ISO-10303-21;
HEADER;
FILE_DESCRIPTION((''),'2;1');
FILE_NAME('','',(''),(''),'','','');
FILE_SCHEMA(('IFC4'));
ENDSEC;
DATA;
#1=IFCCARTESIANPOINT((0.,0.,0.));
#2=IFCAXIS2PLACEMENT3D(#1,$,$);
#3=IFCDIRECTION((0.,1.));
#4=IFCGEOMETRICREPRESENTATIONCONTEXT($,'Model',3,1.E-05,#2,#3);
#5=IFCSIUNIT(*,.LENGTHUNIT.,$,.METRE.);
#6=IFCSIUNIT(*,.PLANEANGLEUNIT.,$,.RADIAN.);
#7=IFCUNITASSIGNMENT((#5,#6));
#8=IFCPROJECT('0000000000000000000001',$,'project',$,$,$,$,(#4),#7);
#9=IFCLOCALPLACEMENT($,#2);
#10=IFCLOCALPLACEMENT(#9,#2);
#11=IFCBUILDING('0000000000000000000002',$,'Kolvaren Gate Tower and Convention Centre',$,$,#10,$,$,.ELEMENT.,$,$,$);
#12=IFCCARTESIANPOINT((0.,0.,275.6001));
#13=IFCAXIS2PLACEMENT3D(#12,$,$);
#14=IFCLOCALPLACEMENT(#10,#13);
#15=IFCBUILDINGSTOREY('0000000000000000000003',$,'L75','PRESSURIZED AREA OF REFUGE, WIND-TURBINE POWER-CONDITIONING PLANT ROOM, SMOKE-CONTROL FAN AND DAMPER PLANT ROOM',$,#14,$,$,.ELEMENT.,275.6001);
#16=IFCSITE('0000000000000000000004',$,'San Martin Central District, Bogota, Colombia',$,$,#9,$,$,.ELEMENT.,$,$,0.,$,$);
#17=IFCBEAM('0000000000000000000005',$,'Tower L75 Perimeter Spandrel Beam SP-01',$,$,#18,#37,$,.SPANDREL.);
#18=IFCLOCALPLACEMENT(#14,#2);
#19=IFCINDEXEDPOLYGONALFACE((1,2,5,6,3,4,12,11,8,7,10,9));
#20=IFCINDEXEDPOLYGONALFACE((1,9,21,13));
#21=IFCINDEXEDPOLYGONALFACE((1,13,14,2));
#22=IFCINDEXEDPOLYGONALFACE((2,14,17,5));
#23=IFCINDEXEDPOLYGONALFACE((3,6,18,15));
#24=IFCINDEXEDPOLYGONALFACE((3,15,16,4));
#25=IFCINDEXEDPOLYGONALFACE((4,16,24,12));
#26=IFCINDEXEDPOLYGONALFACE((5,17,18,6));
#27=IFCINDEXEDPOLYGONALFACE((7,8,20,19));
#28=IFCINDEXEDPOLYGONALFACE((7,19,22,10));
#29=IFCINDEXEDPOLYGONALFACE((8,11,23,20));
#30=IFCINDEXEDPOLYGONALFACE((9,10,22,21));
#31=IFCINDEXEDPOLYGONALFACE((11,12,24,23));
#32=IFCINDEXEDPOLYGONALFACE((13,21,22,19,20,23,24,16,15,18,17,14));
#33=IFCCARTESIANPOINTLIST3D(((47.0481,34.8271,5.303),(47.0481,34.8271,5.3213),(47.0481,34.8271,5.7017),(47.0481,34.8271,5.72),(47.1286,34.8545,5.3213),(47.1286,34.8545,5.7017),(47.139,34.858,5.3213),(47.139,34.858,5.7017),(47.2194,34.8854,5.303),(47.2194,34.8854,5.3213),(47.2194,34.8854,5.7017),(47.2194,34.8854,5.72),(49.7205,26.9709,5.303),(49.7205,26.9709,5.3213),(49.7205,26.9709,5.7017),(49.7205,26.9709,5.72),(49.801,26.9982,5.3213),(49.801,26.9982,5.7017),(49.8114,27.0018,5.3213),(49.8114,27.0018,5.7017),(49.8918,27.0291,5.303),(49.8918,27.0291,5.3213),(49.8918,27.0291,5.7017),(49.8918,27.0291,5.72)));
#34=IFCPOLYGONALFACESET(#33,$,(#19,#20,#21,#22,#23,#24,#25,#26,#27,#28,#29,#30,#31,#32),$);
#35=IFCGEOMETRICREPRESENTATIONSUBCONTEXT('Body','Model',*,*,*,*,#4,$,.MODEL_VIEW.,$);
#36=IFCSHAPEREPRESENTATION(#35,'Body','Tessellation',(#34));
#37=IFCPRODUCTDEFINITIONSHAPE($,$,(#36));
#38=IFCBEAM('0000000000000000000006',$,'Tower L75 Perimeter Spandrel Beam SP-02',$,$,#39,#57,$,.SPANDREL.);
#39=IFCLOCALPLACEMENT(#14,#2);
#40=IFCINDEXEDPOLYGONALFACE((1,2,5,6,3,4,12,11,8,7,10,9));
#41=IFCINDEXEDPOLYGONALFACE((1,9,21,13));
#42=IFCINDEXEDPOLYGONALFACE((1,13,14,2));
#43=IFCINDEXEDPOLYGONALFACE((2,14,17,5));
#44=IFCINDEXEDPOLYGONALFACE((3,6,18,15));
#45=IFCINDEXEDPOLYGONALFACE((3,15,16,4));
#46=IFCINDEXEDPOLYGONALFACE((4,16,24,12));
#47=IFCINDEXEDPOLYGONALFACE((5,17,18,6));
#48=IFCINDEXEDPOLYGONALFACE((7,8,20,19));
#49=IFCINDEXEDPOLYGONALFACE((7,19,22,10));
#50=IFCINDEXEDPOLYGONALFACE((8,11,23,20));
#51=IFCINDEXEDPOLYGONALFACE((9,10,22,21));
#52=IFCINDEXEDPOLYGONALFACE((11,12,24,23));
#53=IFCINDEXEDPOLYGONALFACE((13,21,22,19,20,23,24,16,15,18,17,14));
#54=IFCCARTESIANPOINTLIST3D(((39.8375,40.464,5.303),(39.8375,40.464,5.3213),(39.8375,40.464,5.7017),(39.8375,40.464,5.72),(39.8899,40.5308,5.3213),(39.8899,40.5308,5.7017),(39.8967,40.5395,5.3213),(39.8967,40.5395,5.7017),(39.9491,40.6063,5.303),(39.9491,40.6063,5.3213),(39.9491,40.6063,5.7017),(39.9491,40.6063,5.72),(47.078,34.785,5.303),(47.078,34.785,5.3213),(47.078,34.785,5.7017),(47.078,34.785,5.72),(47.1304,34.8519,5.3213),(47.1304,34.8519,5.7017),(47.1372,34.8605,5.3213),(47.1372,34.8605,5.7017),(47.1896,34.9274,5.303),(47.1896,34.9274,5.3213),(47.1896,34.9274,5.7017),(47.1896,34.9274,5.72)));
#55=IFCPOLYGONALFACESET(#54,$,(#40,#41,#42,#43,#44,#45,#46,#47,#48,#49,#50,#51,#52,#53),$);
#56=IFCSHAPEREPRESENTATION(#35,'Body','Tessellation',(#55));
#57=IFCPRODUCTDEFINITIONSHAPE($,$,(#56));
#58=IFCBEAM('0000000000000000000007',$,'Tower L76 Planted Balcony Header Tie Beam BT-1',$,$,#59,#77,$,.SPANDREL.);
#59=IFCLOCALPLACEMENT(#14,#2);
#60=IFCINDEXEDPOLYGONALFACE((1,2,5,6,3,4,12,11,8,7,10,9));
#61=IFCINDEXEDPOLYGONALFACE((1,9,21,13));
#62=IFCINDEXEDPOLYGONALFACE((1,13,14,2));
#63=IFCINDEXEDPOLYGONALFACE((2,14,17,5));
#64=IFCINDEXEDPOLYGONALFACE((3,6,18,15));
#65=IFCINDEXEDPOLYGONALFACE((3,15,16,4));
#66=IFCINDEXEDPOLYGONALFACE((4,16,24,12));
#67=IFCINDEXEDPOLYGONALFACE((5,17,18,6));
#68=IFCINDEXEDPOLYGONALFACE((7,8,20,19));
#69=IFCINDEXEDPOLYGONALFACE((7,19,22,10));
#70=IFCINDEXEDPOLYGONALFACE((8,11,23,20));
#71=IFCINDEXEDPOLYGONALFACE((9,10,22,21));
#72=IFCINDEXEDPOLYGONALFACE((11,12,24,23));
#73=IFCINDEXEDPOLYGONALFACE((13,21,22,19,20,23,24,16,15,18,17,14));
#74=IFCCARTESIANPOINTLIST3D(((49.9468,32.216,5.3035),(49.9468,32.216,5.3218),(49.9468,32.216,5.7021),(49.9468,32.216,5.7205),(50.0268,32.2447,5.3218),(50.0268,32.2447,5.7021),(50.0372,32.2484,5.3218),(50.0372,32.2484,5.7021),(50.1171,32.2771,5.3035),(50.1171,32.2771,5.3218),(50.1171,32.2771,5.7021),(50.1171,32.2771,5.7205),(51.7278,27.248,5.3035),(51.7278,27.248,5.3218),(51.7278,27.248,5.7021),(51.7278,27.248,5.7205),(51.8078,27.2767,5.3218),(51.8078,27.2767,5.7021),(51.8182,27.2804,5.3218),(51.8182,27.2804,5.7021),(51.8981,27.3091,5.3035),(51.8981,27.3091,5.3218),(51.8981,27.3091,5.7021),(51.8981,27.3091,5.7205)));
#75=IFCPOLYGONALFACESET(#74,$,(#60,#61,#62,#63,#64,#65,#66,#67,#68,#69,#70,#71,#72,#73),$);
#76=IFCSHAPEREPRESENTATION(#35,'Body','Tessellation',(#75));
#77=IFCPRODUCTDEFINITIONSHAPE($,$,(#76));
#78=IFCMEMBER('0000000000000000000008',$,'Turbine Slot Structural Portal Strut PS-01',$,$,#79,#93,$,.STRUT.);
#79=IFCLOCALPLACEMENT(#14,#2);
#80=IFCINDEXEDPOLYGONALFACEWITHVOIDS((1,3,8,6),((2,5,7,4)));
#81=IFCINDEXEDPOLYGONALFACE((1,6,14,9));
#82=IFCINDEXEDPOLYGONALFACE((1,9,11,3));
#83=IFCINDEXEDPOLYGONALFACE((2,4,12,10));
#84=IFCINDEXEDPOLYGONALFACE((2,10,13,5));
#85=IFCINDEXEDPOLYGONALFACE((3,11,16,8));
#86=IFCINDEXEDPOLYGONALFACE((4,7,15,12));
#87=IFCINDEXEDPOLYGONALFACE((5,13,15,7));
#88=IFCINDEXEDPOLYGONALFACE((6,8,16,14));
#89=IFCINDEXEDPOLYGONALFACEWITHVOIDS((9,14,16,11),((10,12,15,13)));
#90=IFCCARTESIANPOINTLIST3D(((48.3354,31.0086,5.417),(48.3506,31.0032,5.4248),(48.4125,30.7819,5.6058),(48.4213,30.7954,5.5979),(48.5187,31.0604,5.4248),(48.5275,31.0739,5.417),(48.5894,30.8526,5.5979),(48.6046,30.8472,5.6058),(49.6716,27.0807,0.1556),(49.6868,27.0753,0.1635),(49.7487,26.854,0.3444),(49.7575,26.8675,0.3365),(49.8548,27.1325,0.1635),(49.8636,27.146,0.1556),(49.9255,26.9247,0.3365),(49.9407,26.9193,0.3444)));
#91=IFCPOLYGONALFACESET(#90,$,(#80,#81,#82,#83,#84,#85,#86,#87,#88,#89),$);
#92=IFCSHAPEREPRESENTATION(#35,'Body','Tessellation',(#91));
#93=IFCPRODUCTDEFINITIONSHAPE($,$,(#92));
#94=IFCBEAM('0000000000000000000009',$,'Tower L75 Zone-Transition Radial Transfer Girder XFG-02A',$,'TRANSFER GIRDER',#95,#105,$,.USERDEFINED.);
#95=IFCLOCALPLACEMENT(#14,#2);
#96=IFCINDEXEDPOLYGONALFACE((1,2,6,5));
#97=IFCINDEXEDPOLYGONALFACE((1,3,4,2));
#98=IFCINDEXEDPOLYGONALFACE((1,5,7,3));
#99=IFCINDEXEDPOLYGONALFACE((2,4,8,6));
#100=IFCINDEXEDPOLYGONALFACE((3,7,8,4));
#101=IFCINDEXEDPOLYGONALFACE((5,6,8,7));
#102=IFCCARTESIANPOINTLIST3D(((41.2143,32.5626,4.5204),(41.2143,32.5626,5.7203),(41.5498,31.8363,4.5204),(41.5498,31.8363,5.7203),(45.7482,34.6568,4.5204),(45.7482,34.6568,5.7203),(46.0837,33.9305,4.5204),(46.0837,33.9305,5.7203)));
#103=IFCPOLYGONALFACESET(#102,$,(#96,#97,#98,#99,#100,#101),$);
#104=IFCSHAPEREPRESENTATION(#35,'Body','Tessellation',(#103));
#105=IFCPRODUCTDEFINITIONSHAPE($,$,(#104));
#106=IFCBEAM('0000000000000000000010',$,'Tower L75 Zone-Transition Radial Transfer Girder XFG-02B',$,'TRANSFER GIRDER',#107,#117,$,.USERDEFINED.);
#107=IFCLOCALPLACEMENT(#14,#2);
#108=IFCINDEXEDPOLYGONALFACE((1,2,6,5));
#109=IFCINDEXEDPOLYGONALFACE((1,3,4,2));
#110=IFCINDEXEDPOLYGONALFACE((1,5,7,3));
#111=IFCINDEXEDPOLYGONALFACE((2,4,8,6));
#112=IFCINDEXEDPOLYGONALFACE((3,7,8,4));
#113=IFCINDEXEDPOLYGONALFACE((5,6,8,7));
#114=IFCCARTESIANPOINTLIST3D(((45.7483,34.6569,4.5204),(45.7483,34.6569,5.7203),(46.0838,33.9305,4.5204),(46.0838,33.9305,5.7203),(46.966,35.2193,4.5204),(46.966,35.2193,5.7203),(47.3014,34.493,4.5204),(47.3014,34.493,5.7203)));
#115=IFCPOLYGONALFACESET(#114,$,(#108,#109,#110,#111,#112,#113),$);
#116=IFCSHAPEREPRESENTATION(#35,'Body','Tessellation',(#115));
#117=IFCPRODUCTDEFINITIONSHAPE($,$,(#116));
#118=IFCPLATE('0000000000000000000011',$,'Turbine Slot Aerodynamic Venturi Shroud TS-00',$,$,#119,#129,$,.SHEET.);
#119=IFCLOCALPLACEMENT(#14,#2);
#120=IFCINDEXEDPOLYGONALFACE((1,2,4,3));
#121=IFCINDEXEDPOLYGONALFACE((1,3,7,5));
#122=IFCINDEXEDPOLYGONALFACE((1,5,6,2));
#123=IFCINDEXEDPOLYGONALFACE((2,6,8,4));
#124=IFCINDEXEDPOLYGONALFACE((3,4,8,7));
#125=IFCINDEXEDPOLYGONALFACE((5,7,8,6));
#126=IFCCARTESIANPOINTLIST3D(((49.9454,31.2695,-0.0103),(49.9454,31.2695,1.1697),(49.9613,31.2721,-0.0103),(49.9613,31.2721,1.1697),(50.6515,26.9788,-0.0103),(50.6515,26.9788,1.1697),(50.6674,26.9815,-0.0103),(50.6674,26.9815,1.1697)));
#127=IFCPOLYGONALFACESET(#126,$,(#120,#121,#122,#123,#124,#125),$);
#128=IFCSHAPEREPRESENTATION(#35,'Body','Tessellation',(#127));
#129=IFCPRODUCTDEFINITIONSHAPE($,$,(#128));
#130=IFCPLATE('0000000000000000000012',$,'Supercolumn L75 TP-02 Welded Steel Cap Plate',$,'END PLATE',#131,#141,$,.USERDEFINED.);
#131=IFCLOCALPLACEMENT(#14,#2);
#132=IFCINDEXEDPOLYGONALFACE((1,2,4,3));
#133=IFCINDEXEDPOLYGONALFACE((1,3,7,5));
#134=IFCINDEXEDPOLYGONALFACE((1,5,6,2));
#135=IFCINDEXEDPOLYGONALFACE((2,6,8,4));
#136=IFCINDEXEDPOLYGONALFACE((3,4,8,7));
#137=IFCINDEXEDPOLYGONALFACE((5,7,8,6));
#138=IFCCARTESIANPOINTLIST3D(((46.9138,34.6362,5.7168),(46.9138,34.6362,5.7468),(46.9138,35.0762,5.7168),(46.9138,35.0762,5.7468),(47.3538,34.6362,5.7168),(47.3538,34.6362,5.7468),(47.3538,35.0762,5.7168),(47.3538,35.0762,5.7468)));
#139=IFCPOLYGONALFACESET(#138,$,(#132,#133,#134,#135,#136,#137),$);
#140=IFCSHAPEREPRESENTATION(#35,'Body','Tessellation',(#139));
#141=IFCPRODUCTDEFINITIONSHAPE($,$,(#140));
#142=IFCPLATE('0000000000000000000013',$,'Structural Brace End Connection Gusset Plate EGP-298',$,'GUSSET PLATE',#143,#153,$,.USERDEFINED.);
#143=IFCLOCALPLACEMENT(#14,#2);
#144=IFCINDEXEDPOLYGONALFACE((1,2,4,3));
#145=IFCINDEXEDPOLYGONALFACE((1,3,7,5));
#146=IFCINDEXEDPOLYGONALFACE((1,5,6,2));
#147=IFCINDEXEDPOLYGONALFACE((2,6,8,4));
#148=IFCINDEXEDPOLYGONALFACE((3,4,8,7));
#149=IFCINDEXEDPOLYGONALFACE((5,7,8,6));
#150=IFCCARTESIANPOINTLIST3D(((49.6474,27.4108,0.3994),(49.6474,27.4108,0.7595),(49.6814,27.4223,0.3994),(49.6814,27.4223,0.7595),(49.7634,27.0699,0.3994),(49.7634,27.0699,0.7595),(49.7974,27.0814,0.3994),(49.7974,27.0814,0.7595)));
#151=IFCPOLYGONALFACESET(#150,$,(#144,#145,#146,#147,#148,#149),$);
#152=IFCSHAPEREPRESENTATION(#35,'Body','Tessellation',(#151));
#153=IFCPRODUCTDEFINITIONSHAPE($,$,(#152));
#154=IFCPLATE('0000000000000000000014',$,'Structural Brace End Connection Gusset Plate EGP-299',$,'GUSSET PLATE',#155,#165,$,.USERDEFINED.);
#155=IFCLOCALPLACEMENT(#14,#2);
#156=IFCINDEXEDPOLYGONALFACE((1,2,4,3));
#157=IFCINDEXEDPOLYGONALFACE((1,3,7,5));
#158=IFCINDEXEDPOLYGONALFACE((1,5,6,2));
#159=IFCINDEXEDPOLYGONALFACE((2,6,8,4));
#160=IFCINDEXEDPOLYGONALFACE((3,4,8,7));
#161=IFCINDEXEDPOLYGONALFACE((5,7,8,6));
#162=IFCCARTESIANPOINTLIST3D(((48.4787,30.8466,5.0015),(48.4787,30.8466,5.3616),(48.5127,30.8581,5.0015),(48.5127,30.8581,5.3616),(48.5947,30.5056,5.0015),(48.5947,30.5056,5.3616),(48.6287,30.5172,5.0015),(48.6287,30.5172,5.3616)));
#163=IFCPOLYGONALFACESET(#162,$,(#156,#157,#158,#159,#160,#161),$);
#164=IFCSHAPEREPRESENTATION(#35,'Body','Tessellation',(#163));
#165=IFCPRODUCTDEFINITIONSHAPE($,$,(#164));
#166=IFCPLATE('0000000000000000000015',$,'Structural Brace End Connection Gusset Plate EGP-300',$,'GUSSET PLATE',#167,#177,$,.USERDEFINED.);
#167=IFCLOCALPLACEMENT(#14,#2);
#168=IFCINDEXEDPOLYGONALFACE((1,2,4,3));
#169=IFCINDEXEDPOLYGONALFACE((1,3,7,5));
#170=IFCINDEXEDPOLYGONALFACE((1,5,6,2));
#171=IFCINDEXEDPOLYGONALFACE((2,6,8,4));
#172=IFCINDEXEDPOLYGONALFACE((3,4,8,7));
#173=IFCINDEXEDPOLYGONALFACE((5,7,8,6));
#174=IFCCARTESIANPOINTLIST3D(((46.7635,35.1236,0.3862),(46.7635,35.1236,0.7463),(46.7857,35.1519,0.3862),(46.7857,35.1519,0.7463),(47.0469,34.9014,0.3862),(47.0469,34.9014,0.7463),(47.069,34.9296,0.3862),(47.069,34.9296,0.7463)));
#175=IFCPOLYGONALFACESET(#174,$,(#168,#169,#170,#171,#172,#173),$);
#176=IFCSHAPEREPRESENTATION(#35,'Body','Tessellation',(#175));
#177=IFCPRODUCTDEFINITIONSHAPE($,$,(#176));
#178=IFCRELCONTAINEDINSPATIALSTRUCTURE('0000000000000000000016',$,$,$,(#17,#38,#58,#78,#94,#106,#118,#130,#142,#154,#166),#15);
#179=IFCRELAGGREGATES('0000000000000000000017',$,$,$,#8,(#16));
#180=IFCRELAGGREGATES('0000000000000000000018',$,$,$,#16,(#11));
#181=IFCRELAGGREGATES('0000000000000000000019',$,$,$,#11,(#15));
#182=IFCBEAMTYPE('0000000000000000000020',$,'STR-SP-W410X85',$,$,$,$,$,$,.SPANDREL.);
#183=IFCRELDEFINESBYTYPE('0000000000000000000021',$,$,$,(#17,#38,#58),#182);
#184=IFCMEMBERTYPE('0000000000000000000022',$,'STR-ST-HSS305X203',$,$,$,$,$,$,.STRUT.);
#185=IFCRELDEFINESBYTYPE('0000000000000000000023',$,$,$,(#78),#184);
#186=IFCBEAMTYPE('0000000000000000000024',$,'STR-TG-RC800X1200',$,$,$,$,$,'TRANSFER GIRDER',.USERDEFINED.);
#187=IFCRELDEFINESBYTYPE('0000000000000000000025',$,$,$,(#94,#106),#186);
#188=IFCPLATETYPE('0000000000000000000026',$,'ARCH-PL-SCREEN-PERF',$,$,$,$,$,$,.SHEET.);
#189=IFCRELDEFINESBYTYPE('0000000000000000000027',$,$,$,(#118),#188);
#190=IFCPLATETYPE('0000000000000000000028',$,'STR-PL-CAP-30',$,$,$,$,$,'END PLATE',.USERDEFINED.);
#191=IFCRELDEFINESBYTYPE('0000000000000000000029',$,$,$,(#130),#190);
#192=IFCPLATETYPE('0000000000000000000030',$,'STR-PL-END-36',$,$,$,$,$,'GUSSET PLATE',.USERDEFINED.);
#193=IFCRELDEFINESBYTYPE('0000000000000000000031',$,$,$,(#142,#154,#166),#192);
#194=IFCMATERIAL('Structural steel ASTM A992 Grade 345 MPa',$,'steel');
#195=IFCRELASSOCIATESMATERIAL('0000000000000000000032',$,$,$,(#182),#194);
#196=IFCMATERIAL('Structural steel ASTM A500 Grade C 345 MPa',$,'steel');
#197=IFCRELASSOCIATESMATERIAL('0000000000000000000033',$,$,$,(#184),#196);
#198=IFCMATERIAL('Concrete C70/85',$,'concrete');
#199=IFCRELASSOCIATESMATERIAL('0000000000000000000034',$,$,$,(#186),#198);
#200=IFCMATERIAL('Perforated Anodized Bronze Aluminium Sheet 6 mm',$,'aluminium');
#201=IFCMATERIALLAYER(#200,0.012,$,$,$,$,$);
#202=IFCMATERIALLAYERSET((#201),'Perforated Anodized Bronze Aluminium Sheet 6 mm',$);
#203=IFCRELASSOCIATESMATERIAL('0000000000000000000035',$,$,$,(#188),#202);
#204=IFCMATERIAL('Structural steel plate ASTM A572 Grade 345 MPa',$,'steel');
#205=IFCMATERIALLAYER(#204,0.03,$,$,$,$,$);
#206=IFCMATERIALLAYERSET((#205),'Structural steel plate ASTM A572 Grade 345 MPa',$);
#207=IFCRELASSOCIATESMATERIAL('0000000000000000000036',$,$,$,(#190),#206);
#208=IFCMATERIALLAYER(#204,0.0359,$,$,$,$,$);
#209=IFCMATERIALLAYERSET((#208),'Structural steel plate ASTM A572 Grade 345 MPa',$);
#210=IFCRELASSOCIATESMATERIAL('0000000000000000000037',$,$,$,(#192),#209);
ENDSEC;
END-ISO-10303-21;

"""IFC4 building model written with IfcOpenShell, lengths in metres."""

from ifc_helpers import new_model, si_unit, direction, frame, origin, origin_2d, place, context, subcontext, project, spatial, rectangle, hollow_rectangle, i_section, extrude, material, layer, layer_set, material_profile, profile_set, type_object, element, save


model = new_model("IFC4")

# Units and contexts
model_context = context("Model", 3, precision=1e-05, world=origin(), true_north=direction((0.0, 1.0)))
body_context = subcontext(model_context, "Body", "Model", "MODEL_VIEW")
ifc_project = project(units=[si_unit("LENGTHUNIT", "METRE"), si_unit("PLANEANGLEUNIT", "RADIAN")], contexts=[model_context])

# Site, building, storey
site_placement = place(None, origin())
site = spatial("IfcSite", under=ifc_project, at=site_placement, Name="San Martin Central District, Bogota, Colombia", CompositionType="ELEMENT", RefElevation=0.0)
building_placement = place(site_placement, origin())
building = spatial("IfcBuilding", under=site, at=building_placement, Name="Kolvaren Gate Tower and Convention Centre", CompositionType="ELEMENT")
storey_placement = place(building_placement, frame((0.0, 0.0, 275.6001)))
storey = spatial("IfcBuildingStorey", under=building, at=storey_placement, Name="L75", Description="PRESSURIZED AREA OF REFUGE, WIND-TURBINE POWER-CONDITIONING PLANT ROOM, SMOKE-CONTROL FAN AND DAMPER PLANT ROOM", CompositionType="ELEMENT", Elevation=275.6001)

# Shared definitions
ifc_material_1 = material(Name="Structural steel ASTM A500 Grade C 345 MPa", Category="steel")

# Shared definitions
ifc_material_2 = material(Name="Structural steel ASTM A992 Grade 345 MPa", Category="steel")

# Beams
ifc_material_profile_1 = material_profile(ifc_material_2, i_section(OverallWidth=0.1809, OverallDepth=0.417, WebThickness=0.011, FlangeThickness=0.0183, at=origin_2d()), Name="W410X85")
ifc_profile_set_1 = profile_set([ifc_material_profile_1], Name="Structural steel ASTM A992 Grade 345 MPa")
beam_type_1 = type_object("IfcBeamType", Name="STR-SP-W410X85", PredefinedType="SPANDREL", material=ifc_profile_set_1)
beam_1_placement = place(storey_placement, frame((49.8062, 27.0, 5.5115), z_axis=(-0.322038, 0.946727, 0.0), x_axis=(-0.946727, -0.322038, 0.0)))
element("IfcBeam", 1, at=beam_1_placement, inside=storey, type_object=beam_type_1, Name="Tower L75 Perimeter Spandrel Beam SP-01", PredefinedType="SPANDREL", context=body_context, shape_type="SweptSolid", body=[
    extrude(i_section(OverallWidth=0.1809, OverallDepth=0.417, WebThickness=0.011, FlangeThickness=0.0183, at=origin_2d()), origin(), (0.0, 0.0, 1.0), 8.2983),
])
beam_2_placement = place(storey_placement, frame((47.1338, 34.8562, 5.5115), z_axis=(-0.786846, 0.61715, 0.0), x_axis=(-0.61715, -0.786846, 0.0)))
element("IfcBeam", 2, at=beam_2_placement, inside=storey, type_object=beam_type_1, Name="Tower L75 Perimeter Spandrel Beam SP-02", PredefinedType="SPANDREL", context=body_context, shape_type="SweptSolid", body=[
    extrude(i_section(OverallWidth=0.1809, OverallDepth=0.417, WebThickness=0.011, FlangeThickness=0.0183, at=origin_2d()), origin(), (0.0, 0.0, 1.0), 9.2019),
])
beam_3_placement = place(storey_placement, frame((51.813, 27.2786, 5.512), z_axis=(-0.337464, 0.941338, 0.0), x_axis=(-0.941338, -0.337464, 0.0)))
element("IfcBeam", 3, at=beam_3_placement, inside=storey, type_object=beam_type_1, Name="Tower L76 Planted Balcony Header Tie Beam BT-1", PredefinedType="SPANDREL", context=body_context, shape_type="SweptSolid", body=[
    extrude(i_section(OverallWidth=0.1809, OverallDepth=0.417, WebThickness=0.011, FlangeThickness=0.0183, at=origin_2d()), origin(), (0.0, 0.0, 1.0), 5.2776),
])

# Member
ifc_material_profile_2 = material_profile(ifc_material_1, hollow_rectangle(XDim=0.2029, YDim=0.3049, WallThickness=0.0127, at=origin_2d()), Name="HSS305X203X12.7")
ifc_profile_set_2 = profile_set([ifc_material_profile_2], Name="Structural steel ASTM A500 Grade C 345 MPa")
member_type_1 = type_object("IfcMemberType", Name="STR-ST-HSS305X203", PredefinedType="STRUT", material=ifc_profile_set_2)
member_1_placement = place(storey_placement, frame((49.8062, 27.0, 0.25), z_axis=(-0.199413, 0.586216, 0.785229), x_axis=(-0.946724, -0.322047, 0.0)))
element("IfcMember", 4, at=member_1_placement, inside=storey, type_object=member_type_1, Name="Turbine Slot Structural Portal Strut PS-01", PredefinedType="STRUT", context=body_context, shape_type="SweptSolid", body=[
    extrude(hollow_rectangle(XDim=0.2029, YDim=0.3049, WallThickness=0.0127, at=origin_2d()), origin(), (0.0, 0.0, 1.0), 6.7004),
])

# Beams
ifc_material_3 = material(Name="Concrete C70/85", Category="concrete")
ifc_material_profile_3 = material_profile(ifc_material_3, rectangle(XDim=0.8, YDim=1.2, at=origin_2d()), Name="RC-BM-800X1200")
ifc_profile_set_3 = profile_set([ifc_material_profile_3], Name="Concrete C70/85")
beam_type_2 = type_object("IfcBeamType", Name="STR-TG-RC800X1200", ElementType="TRANSFER GIRDER", PredefinedType="USERDEFINED", material=ifc_profile_set_3)
beam_4_placement = place(storey_placement, frame((41.3821, 32.1995, 5.1204), z_axis=(0.907833, 0.419331, 0.0), x_axis=(-0.419331, 0.907833, 0.0)))
element("IfcBeam", 5, at=beam_4_placement, inside=storey, type_object=beam_type_2, Name="Tower L75 Zone-Transition Radial Transfer Girder XFG-02A", ObjectType="TRANSFER GIRDER", PredefinedType="USERDEFINED", context=body_context, shape_type="SweptSolid", body=[
    extrude(rectangle(XDim=0.8, YDim=1.2, at=origin_2d()), origin(), (0.0, 0.0, 1.0), 4.9941),
])
beam_5_placement = place(storey_placement, frame((45.916, 34.2937, 5.1204), z_axis=(0.907831, 0.419335, 0.0), x_axis=(-0.419335, 0.907831, 0.0)))
element("IfcBeam", 6, at=beam_5_placement, inside=storey, type_object=beam_type_2, Name="Tower L75 Zone-Transition Radial Transfer Girder XFG-02B", ObjectType="TRANSFER GIRDER", PredefinedType="USERDEFINED", context=body_context, shape_type="SweptSolid", body=[
    extrude(rectangle(XDim=0.8, YDim=1.2, at=origin_2d()), origin(), (0.0, 0.0, 1.0), 1.3413),
])

# Plates
ifc_material_4 = material(Name="Perforated Anodized Bronze Aluminium Sheet 6 mm", Category="aluminium")
ifc_layer_1 = layer(ifc_material_4, 0.012)
ifc_layer_set_1 = layer_set([ifc_layer_1], Name="Perforated Anodized Bronze Aluminium Sheet 6 mm")
plate_type_1 = type_object("IfcPlateType", Name="ARCH-PL-SCREEN-PERF", PredefinedType="SHEET", material=ifc_layer_set_1)
plate_1_placement = place(storey_placement, frame((50.3064, 29.1255, -0.0103), z_axis=(0.0, 0.0, 1.0), x_axis=(0.162386, -0.986727, 0.0)))
element("IfcPlate", 7, at=plate_1_placement, inside=storey, type_object=plate_type_1, Name="Turbine Slot Aerodynamic Venturi Shroud TS-00", PredefinedType="SHEET", context=body_context, shape_type="SweptSolid", body=[
    extrude(rectangle(XDim=4.3484, YDim=0.0161, at=origin_2d()), origin(), (0.0, 0.0, 1.0), 1.1799),
])
ifc_material_5 = material(Name="Structural steel plate ASTM A572 Grade 345 MPa", Category="steel")
ifc_layer_2 = layer(ifc_material_5, 0.03)
ifc_layer_set_2 = layer_set([ifc_layer_2], Name="Structural steel plate ASTM A572 Grade 345 MPa")
plate_type_2 = type_object("IfcPlateType", Name="STR-PL-CAP-30", ElementType="END PLATE", PredefinedType="USERDEFINED", material=ifc_layer_set_2)
plate_2_placement = place(storey_placement, frame((47.1338, 34.8562, 5.7168), z_axis=(0.0, 0.0, 1.0), x_axis=(1.0, 0.0, 0.0)))
element("IfcPlate", 8, at=plate_2_placement, inside=storey, type_object=plate_type_2, Name="Supercolumn L75 TP-02 Welded Steel Cap Plate", ObjectType="END PLATE", PredefinedType="USERDEFINED", context=body_context, shape_type="SweptSolid", body=[
    extrude(rectangle(XDim=0.4399, YDim=0.4399, at=origin_2d()), origin(), (0.0, 0.0, 1.0), 0.03),
])
ifc_layer_3 = layer(ifc_material_5, 0.0359)
ifc_layer_set_3 = layer_set([ifc_layer_3], Name="Structural steel plate ASTM A572 Grade 345 MPa")
plate_type_3 = type_object("IfcPlateType", Name="STR-PL-END-36", ElementType="GUSSET PLATE", PredefinedType="USERDEFINED", material=ifc_layer_set_3)
for number, where, z_axis, x_axis, name in (
    (9, (49.7224, 27.2461, 0.3994), (0.0, 0.0, 1.0), (-0.322049, 0.946723, 0.0), "Structural Brace End Connection Gusset Plate EGP-298"),
    (10, (48.5537, 30.6819, 5.0015), (0.0, 0.0, 1.0), (-0.322049, 0.946723, 0.0), "Structural Brace End Connection Gusset Plate EGP-299"),
    (11, (46.9163, 35.0266, 0.3862), (0.0, 0.0, 1.0), (-0.786838, 0.617159, 0.0), "Structural Brace End Connection Gusset Plate EGP-300"),
):
    element("IfcPlate", number, at=place(storey_placement, frame(where, z_axis=z_axis, x_axis=x_axis)), inside=storey, type_object=plate_type_3, Name=name, ObjectType="GUSSET PLATE", PredefinedType="USERDEFINED", context=body_context, shape_type="SweptSolid", body=[
        extrude(rectangle(XDim=0.3601, YDim=0.0359, at=origin_2d()), origin(), (0.0, 0.0, 1.0), 0.3601),
    ])

save(model, "model.ifc")
